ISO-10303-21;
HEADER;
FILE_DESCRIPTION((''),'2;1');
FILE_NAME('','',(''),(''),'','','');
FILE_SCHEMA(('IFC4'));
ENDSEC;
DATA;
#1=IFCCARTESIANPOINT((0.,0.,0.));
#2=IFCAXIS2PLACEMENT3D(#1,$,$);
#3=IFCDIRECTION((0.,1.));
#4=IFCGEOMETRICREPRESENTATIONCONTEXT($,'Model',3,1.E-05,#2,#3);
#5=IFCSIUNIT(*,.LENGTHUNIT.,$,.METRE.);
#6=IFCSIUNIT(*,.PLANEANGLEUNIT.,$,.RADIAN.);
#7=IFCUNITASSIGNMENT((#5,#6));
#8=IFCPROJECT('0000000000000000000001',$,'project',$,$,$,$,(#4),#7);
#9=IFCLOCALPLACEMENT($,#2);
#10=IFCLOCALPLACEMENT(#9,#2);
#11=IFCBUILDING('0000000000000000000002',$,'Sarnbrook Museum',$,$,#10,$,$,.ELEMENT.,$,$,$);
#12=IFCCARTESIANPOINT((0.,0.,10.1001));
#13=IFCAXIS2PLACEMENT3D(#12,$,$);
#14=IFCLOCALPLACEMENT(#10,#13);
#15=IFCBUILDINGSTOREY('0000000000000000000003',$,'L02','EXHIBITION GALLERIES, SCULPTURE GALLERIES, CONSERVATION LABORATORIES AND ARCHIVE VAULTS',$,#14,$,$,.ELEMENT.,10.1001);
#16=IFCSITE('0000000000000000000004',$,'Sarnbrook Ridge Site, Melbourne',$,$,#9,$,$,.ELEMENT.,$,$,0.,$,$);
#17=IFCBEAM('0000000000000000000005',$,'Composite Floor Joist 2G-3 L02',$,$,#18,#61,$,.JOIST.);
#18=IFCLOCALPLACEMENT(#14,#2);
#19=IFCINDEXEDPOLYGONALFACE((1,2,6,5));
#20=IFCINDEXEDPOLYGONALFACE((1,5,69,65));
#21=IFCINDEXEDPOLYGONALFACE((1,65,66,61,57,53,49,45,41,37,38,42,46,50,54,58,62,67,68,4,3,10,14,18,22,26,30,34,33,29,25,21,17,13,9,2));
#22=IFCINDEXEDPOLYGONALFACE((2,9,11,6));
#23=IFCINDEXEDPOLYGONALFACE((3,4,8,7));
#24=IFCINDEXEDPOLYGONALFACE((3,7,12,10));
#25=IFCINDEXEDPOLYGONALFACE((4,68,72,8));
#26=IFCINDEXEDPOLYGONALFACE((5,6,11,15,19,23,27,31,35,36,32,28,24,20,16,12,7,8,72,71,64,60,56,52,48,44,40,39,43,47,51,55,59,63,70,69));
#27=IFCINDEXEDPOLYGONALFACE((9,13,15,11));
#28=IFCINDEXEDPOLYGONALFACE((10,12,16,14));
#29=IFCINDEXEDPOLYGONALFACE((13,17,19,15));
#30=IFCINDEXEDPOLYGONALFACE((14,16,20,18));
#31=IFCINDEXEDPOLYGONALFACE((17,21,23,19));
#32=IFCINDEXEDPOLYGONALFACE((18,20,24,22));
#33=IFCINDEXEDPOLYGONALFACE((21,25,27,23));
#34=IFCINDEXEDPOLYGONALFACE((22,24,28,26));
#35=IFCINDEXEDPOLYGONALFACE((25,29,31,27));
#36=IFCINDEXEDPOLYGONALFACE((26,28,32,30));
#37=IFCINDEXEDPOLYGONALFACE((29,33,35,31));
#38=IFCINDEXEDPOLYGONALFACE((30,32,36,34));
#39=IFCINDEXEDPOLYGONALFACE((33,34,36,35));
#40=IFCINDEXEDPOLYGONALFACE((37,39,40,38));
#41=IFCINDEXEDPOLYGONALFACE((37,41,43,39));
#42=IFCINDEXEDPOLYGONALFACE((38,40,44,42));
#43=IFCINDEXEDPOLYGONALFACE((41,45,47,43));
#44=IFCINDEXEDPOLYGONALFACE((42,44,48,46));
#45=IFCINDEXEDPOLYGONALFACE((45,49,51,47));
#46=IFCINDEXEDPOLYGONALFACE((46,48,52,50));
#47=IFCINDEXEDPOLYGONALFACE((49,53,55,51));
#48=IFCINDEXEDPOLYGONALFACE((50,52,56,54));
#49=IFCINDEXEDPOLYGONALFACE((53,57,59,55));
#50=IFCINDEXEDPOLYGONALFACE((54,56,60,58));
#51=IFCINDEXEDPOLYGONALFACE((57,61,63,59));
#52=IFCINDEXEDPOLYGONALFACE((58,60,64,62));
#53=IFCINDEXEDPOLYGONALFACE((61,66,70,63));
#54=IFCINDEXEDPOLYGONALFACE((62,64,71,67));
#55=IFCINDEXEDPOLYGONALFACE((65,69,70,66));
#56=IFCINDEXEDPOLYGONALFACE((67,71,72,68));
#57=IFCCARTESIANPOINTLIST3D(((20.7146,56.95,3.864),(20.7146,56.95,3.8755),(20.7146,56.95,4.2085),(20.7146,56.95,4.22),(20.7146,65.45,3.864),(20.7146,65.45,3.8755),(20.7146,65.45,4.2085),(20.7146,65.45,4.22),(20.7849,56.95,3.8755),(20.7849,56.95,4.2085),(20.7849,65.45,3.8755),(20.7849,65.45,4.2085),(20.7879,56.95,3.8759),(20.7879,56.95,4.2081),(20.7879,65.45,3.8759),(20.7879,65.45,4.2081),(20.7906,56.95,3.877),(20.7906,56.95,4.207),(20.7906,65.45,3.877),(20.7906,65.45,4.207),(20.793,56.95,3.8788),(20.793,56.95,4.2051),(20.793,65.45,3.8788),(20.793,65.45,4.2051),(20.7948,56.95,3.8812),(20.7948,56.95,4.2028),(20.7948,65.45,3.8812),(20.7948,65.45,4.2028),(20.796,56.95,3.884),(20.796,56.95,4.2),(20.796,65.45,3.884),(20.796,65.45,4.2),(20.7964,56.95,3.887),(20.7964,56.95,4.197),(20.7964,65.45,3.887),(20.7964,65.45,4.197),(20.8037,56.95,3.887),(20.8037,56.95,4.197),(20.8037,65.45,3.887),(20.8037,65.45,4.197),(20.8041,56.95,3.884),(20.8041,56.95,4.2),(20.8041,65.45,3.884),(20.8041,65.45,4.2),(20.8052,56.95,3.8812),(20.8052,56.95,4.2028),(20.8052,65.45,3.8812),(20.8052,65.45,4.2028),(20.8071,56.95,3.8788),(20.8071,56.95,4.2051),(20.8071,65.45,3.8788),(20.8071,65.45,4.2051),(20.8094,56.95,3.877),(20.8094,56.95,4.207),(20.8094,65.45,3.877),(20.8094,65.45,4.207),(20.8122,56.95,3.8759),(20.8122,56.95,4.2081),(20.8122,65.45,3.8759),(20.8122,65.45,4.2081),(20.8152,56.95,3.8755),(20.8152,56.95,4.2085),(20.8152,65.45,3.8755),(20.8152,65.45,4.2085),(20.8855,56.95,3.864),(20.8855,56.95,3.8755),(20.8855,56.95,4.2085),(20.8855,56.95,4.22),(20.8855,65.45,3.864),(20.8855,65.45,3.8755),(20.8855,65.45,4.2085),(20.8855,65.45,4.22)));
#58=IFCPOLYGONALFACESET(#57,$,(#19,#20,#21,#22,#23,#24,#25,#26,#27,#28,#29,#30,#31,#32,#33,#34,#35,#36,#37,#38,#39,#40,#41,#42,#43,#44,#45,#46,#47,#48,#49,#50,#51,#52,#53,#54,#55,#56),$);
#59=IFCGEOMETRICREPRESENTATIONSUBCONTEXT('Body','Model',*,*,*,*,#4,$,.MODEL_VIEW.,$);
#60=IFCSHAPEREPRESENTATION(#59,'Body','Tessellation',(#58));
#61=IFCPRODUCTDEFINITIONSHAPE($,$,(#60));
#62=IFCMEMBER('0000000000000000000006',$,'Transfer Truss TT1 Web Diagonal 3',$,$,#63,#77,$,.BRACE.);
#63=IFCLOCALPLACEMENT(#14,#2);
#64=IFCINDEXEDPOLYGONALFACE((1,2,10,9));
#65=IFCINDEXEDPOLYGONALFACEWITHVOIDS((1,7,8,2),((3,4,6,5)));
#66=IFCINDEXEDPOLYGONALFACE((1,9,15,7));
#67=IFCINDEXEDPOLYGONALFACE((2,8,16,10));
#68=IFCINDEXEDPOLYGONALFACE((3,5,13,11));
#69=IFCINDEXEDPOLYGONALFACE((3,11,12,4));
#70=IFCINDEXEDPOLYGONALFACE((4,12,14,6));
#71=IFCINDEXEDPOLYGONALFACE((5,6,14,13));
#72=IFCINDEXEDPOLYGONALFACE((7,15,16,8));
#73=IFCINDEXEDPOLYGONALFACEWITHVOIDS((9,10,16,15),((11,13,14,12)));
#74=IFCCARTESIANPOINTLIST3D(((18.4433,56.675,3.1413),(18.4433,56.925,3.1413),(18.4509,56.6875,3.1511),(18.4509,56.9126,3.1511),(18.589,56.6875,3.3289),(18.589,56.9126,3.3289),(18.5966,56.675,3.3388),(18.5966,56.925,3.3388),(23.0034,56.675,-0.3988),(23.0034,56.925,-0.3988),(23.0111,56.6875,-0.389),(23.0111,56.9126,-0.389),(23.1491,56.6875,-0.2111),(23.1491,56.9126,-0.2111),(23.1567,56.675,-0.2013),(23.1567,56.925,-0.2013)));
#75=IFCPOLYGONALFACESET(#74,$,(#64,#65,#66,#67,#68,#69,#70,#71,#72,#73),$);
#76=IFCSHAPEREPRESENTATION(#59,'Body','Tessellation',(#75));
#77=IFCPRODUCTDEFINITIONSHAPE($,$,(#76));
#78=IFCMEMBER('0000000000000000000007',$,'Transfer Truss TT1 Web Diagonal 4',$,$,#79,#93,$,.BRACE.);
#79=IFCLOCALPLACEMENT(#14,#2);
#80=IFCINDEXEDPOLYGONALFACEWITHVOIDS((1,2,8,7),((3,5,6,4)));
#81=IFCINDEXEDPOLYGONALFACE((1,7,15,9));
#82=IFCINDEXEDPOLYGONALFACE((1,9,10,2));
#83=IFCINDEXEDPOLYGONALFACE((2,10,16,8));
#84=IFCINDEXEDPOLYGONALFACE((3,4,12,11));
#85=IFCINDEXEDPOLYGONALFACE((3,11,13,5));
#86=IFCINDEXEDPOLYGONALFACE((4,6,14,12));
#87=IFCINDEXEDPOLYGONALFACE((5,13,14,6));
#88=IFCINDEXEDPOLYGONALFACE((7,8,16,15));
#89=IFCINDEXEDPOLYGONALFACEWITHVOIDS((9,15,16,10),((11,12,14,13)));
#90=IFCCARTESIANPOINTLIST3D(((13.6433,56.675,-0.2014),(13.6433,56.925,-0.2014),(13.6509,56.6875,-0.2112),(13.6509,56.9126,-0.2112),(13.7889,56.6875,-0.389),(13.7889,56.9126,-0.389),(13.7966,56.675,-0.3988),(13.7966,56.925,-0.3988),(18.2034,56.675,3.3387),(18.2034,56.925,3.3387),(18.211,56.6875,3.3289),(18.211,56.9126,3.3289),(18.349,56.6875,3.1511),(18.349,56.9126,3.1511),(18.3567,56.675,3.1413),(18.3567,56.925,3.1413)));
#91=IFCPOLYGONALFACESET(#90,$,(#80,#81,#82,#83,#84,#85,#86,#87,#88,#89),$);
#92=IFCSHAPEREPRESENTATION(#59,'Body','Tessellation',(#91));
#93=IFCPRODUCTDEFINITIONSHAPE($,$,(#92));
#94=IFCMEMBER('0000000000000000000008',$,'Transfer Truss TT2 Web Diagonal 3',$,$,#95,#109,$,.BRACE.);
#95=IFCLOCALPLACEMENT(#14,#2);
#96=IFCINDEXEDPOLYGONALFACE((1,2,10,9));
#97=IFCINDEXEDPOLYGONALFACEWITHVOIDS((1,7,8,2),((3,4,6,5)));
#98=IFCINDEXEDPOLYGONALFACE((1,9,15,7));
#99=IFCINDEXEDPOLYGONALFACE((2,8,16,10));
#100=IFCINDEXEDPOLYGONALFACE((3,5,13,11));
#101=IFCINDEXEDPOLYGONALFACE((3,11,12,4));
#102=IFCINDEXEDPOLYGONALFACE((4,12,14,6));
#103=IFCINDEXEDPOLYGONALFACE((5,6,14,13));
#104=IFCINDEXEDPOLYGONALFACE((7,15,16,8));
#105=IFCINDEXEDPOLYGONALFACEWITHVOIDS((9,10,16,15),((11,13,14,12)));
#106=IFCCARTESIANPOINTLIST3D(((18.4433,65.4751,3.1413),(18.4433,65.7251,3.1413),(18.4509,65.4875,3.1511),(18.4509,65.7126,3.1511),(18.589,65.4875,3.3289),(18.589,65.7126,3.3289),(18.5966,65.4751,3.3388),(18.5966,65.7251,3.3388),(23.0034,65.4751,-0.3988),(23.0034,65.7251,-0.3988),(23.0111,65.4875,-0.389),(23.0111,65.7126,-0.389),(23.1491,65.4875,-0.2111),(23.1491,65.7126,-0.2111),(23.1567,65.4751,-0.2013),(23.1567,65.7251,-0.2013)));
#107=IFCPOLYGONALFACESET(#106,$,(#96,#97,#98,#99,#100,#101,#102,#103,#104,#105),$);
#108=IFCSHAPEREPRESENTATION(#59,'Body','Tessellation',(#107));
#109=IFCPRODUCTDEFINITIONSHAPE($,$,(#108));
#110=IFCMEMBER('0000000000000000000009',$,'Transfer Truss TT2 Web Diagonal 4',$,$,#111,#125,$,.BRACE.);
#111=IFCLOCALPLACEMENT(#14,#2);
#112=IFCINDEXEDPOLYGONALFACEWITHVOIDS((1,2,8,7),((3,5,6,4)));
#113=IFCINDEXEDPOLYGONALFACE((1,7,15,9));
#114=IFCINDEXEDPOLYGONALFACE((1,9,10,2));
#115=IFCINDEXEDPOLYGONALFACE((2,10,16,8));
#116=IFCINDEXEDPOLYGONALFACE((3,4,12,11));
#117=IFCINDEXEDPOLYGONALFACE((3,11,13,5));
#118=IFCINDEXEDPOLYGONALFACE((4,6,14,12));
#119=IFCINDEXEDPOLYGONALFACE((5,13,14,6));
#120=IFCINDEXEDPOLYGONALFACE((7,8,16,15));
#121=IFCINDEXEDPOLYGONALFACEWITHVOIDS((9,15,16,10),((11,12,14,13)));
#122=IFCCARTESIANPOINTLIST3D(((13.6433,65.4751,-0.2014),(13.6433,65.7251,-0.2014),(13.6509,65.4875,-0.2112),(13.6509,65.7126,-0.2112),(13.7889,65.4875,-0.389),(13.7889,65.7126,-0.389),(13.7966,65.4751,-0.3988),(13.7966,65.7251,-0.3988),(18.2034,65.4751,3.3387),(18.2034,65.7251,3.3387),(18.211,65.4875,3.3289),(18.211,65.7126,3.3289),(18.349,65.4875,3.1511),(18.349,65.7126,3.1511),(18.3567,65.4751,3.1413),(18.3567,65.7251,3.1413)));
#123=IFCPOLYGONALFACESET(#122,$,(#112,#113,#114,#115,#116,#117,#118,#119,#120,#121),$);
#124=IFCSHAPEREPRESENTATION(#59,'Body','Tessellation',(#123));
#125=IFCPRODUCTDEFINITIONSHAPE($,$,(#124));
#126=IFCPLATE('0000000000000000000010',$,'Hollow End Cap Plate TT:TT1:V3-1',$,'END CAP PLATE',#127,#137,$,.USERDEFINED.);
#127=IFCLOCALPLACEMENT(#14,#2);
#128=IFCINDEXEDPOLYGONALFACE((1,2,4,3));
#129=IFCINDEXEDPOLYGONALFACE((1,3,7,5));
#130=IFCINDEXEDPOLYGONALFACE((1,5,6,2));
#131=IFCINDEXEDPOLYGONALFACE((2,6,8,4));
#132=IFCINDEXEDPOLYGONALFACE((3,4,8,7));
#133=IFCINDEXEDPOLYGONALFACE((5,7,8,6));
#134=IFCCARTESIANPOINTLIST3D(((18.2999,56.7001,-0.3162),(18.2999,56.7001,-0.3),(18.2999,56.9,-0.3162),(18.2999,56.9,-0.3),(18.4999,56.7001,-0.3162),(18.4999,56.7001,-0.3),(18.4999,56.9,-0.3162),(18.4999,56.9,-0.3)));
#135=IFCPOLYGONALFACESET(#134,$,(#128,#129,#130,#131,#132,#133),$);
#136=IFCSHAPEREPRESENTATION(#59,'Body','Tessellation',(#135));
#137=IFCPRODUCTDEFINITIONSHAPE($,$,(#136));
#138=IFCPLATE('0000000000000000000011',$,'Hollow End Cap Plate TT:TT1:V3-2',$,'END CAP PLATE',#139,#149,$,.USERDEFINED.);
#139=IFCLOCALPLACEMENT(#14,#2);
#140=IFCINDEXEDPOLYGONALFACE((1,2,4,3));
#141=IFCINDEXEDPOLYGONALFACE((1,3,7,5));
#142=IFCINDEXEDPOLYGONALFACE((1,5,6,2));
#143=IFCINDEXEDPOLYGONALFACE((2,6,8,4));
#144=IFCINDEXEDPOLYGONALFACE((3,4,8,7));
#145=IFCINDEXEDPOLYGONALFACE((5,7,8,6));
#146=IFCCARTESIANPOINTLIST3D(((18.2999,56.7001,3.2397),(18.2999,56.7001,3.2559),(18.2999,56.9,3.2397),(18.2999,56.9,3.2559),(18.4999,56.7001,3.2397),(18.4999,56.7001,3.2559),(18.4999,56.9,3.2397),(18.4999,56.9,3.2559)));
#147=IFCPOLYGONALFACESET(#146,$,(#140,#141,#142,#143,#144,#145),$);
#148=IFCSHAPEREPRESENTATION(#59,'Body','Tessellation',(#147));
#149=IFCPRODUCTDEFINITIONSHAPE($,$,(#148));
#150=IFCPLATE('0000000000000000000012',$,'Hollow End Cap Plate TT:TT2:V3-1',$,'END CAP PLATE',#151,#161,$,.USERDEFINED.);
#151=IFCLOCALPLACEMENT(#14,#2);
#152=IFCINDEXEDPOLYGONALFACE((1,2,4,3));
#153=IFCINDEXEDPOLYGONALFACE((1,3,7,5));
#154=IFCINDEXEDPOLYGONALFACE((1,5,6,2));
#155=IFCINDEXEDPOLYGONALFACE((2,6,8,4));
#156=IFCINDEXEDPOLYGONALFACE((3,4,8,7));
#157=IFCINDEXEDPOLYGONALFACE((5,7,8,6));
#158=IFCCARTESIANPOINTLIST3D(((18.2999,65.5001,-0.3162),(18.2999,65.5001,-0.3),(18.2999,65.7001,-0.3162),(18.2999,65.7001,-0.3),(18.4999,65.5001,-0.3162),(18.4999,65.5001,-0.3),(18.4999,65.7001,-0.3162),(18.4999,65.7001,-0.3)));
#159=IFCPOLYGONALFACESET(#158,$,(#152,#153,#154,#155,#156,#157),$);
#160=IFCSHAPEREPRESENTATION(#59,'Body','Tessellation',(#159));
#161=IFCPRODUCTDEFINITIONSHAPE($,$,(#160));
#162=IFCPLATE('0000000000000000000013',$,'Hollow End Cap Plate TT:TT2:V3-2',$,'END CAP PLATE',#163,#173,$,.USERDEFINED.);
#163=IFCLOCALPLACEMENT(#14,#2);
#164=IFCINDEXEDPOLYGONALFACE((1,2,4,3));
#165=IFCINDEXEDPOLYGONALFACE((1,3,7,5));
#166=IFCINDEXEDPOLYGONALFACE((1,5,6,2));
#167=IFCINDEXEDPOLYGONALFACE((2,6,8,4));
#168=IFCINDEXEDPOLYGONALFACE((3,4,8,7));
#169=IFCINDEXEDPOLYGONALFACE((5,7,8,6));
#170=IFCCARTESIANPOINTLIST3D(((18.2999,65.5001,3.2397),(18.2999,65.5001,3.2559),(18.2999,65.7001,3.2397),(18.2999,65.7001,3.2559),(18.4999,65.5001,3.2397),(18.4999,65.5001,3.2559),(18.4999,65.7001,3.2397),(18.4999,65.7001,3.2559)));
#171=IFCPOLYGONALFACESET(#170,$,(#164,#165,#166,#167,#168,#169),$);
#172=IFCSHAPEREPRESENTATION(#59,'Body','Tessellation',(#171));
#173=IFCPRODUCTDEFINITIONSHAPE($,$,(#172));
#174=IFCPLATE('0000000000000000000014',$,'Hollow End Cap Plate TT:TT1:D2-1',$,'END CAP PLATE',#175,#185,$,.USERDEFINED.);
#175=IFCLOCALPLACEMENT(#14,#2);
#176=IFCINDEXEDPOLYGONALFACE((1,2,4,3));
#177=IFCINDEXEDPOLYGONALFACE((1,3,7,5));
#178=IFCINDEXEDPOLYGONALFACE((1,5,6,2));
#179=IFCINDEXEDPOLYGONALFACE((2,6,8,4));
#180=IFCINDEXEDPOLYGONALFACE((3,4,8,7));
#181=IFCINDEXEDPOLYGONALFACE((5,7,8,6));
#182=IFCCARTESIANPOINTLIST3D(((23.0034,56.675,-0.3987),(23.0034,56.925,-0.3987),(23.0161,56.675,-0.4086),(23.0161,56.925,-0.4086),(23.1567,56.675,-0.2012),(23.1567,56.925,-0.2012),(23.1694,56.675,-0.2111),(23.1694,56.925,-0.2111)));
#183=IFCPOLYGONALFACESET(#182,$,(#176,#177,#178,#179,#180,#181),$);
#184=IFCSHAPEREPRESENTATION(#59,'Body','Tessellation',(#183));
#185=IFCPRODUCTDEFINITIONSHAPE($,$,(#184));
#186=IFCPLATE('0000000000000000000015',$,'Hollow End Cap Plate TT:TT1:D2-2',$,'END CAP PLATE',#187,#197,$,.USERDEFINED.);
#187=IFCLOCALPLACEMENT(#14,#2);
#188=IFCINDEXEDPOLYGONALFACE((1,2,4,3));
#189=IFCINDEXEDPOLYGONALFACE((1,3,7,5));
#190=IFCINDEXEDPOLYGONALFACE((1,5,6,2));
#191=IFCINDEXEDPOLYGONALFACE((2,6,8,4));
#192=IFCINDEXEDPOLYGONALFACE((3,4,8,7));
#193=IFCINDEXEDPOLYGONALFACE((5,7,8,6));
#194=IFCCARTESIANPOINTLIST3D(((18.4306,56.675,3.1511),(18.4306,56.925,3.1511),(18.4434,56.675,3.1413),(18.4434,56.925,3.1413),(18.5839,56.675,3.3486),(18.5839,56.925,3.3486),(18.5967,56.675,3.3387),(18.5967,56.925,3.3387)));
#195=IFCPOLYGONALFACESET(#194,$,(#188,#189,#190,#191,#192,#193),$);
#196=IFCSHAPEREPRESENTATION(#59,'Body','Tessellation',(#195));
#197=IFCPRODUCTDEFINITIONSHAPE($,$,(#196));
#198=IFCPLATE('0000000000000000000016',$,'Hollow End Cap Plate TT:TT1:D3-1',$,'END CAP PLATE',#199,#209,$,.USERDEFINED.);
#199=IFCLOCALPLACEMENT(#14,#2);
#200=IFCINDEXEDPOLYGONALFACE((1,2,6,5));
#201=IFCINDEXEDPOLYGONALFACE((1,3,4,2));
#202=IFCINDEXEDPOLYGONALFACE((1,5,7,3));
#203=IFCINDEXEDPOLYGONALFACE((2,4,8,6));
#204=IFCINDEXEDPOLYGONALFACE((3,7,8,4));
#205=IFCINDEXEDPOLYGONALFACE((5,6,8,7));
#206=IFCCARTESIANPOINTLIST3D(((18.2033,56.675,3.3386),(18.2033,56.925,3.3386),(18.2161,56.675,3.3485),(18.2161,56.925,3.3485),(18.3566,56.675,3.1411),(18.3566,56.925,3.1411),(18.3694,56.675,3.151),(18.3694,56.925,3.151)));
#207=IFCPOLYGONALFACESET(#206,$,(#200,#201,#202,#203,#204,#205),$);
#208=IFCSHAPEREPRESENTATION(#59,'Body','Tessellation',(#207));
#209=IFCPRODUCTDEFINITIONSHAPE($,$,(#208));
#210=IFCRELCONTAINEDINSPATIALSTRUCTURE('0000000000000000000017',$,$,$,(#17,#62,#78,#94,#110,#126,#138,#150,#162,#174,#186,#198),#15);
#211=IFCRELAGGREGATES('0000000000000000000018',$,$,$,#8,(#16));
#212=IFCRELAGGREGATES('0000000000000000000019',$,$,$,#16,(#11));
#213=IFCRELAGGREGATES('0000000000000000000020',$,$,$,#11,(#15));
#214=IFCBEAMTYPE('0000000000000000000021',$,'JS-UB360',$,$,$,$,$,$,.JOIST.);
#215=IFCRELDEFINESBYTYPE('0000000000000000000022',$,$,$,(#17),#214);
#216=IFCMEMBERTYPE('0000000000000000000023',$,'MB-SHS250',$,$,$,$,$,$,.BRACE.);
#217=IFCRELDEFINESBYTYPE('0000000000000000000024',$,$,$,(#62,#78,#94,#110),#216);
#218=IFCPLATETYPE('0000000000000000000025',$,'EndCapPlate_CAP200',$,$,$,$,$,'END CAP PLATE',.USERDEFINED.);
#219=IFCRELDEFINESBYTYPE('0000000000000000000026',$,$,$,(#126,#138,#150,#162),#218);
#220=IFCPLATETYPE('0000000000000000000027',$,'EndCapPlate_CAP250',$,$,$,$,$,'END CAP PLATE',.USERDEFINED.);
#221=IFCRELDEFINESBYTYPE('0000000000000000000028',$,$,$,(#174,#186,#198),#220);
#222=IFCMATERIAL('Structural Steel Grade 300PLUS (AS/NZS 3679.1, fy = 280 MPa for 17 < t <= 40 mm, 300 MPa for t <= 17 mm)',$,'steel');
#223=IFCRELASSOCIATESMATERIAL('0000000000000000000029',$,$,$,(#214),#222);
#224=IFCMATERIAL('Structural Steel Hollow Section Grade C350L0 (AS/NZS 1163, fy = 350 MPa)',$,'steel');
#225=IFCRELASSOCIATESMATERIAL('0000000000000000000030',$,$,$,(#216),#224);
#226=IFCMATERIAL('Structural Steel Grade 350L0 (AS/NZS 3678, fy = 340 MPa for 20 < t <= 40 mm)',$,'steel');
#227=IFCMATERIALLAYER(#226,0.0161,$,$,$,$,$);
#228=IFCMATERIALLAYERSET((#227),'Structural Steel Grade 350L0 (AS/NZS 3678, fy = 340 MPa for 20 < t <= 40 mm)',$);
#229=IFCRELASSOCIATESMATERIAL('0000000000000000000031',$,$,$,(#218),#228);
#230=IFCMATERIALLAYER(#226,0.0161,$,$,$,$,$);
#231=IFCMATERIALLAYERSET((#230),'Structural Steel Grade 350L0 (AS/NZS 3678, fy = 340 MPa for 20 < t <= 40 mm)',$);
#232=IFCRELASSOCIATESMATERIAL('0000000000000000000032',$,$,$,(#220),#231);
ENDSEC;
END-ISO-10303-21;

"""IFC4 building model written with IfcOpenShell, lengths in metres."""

from ifc_helpers import new_model, si_unit, direction, frame, origin, origin_2d, place, context, subcontext, project, spatial, rectangle, hollow_rectangle, i_section, extrude, material, layer, layer_set, material_profile, profile_set, type_object, element, save


model = new_model("IFC4")

# Units and contexts
model_context = context("Model", 3, precision=1e-05, world=origin(), true_north=direction((0.0, 1.0)))
body_context = subcontext(model_context, "Body", "Model", "MODEL_VIEW")
ifc_project = project(units=[si_unit("LENGTHUNIT", "METRE"), si_unit("PLANEANGLEUNIT", "RADIAN")], contexts=[model_context])

# Site, building, storey
site_placement = place(None, origin())
site = spatial("IfcSite", under=ifc_project, at=site_placement, Name="Sarnbrook Ridge Site, Melbourne", CompositionType="ELEMENT", RefElevation=0.0)
building_placement = place(site_placement, origin())
building = spatial("IfcBuilding", under=site, at=building_placement, Name="Sarnbrook Museum", CompositionType="ELEMENT")
storey_placement = place(building_placement, frame((0.0, 0.0, 10.1001)))
storey = spatial("IfcBuildingStorey", under=building, at=storey_placement, Name="L02", Description="EXHIBITION GALLERIES, SCULPTURE GALLERIES, CONSERVATION LABORATORIES AND ARCHIVE VAULTS", CompositionType="ELEMENT", Elevation=10.1001)

# Shared definitions
ifc_material_1 = material(Name="Structural Steel Grade 300PLUS (AS/NZS 3679.1, fy = 280 MPa for 17 < t <= 40 mm, 300 MPa for t <= 17 mm)", Category="steel")

# Shared definitions
ifc_material_2 = material(Name="Structural Steel Hollow Section Grade C350L0 (AS/NZS 1163, fy = 350 MPa)", Category="steel")

# Beam
ifc_material_profile_1 = material_profile(ifc_material_1, i_section(OverallWidth=0.1709, OverallDepth=0.356, WebThickness=0.0073, FlangeThickness=0.0115, FilletRadius=0.0115, at=origin_2d()), Name="360UB50.7")
ifc_profile_set_1 = profile_set([ifc_material_profile_1], Name="Structural Steel Grade 300PLUS (AS/NZS 3679.1, fy = 280 MPa for 17 < t <= 40 mm, 300 MPa for t <= 17 mm)")
beam_type_1 = type_object("IfcBeamType", Name="JS-UB360", PredefinedType="JOIST", material=ifc_profile_set_1)
for number, where, z_axis, x_axis, name in (
    (1, (20.8, 56.95, 4.042), (0.0, 1.0, 0.0), (-1.0, 0.0, 0.0), "Composite Floor Joist 2G-3 L02"),
):
    element("IfcBeam", number, at=place(storey_placement, frame(where, z_axis=z_axis, x_axis=x_axis)), inside=storey, type_object=beam_type_1, Name=name, PredefinedType="JOIST", context=body_context, shape_type="SweptSolid", body=[
        extrude(i_section(OverallWidth=0.1709, OverallDepth=0.356, WebThickness=0.0073, FlangeThickness=0.0115, FilletRadius=0.0115, at=origin_2d()), origin(), (0.0, 0.0, 1.0), 8.5),
    ])

# Members
ifc_material_profile_2 = material_profile(ifc_material_2, hollow_rectangle(XDim=0.25, YDim=0.25, WallThickness=0.0125, at=origin_2d()), Name="250x250x12.5SHS")
ifc_profile_set_2 = profile_set([ifc_material_profile_2], Name="Structural Steel Hollow Section Grade C350L0 (AS/NZS 1163, fy = 350 MPa)")
member_type_1 = type_object("IfcMemberType", Name="MB-SHS250", PredefinedType="BRACE", material=ifc_profile_set_2)
for number, where, z_axis, x_axis, name in (
    (2, (23.0801, 56.8, -0.3), (-0.789912, 0.0, 0.61322), (0.0, -1.0, 0.0), "Transfer Truss TT1 Web Diagonal 3"),
    (3, (18.28, 56.8, 3.24), (-0.789912, 0.0, -0.61322), (0.0, -1.0, 0.0), "Transfer Truss TT1 Web Diagonal 4"),
    (4, (23.0801, 65.6001, -0.3), (-0.789912, 0.0, 0.61322), (0.0, -1.0, 0.0), "Transfer Truss TT2 Web Diagonal 3"),
    (5, (18.28, 65.6001, 3.24), (-0.789912, 0.0, -0.61322), (0.0, -1.0, 0.0), "Transfer Truss TT2 Web Diagonal 4"),
):
    element("IfcMember", number, at=place(storey_placement, frame(where, z_axis=z_axis, x_axis=x_axis)), inside=storey, type_object=member_type_1, Name=name, PredefinedType="BRACE", context=body_context, shape_type="SweptSolid", body=[
        extrude(hollow_rectangle(XDim=0.25, YDim=0.25, WallThickness=0.0125, at=origin_2d()), origin(), (0.0, 0.0, 1.0), 5.7729),
    ])

# Plates
ifc_material_3 = material(Name="Structural Steel Grade 350L0 (AS/NZS 3678, fy = 340 MPa for 20 < t <= 40 mm)", Category="steel")
ifc_layer_1 = layer(ifc_material_3, 0.0161)
ifc_layer_set_1 = layer_set([ifc_layer_1], Name="Structural Steel Grade 350L0 (AS/NZS 3678, fy = 340 MPa for 20 < t <= 40 mm)")
plate_type_1 = type_object("IfcPlateType", Name="EndCapPlate_CAP200", ElementType="END CAP PLATE", PredefinedType="USERDEFINED", material=ifc_layer_set_1)
for number, where, z_axis, x_axis, name in (
    (6, (18.3999, 56.8, -0.3162), (0.0, 0.0, 1.0), (1.0, 0.0, 0.0), "Hollow End Cap Plate TT:TT1:V3-1"),
    (7, (18.3999, 56.8, 3.2397), (0.0, 0.0, 1.0), (1.0, 0.0, 0.0), "Hollow End Cap Plate TT:TT1:V3-2"),
    (8, (18.3999, 65.6001, -0.3162), (0.0, 0.0, 1.0), (1.0, 0.0, 0.0), "Hollow End Cap Plate TT:TT2:V3-1"),
    (9, (18.3999, 65.6001, 3.2397), (0.0, 0.0, 1.0), (1.0, 0.0, 0.0), "Hollow End Cap Plate TT:TT2:V3-2"),
):
    element("IfcPlate", number, at=place(storey_placement, frame(where, z_axis=z_axis, x_axis=x_axis)), inside=storey, type_object=plate_type_1, Name=name, ObjectType="END CAP PLATE", PredefinedType="USERDEFINED", context=body_context, shape_type="SweptSolid", body=[
        extrude(rectangle(XDim=0.2, YDim=0.2, at=origin_2d()), origin(), (0.0, 0.0, 1.0), 0.0161),
    ])
ifc_layer_2 = layer(ifc_material_3, 0.0161)
ifc_layer_set_2 = layer_set([ifc_layer_2], Name="Structural Steel Grade 350L0 (AS/NZS 3678, fy = 340 MPa for 20 < t <= 40 mm)")
plate_type_2 = type_object("IfcPlateType", Name="EndCapPlate_CAP250", ElementType="END CAP PLATE", PredefinedType="USERDEFINED", material=ifc_layer_set_2)
for number, where, z_axis, x_axis, name in (
    (10, (23.0928, 56.8, -0.3098), (-0.789912, 0.0, 0.613221), (0.0, -1.0, 0.0), "Hollow End Cap Plate TT:TT1:D2-1"),
    (11, (18.52, 56.8, 3.24), (-0.789912, 0.0, 0.613221), (0.0, -1.0, 0.0), "Hollow End Cap Plate TT:TT1:D2-2"),
    (12, (18.2927, 56.8, 3.2498), (-0.789912, 0.0, -0.613221), (0.0, -1.0, 0.0), "Hollow End Cap Plate TT:TT1:D3-1"),
):
    element("IfcPlate", number, at=place(storey_placement, frame(where, z_axis=z_axis, x_axis=x_axis)), inside=storey, type_object=plate_type_2, Name=name, ObjectType="END CAP PLATE", PredefinedType="USERDEFINED", context=body_context, shape_type="SweptSolid", body=[
        extrude(rectangle(XDim=0.25, YDim=0.25, at=origin_2d()), origin(), (0.0, 0.0, 1.0), 0.0161),
    ])

save(model, "model.ifc")
